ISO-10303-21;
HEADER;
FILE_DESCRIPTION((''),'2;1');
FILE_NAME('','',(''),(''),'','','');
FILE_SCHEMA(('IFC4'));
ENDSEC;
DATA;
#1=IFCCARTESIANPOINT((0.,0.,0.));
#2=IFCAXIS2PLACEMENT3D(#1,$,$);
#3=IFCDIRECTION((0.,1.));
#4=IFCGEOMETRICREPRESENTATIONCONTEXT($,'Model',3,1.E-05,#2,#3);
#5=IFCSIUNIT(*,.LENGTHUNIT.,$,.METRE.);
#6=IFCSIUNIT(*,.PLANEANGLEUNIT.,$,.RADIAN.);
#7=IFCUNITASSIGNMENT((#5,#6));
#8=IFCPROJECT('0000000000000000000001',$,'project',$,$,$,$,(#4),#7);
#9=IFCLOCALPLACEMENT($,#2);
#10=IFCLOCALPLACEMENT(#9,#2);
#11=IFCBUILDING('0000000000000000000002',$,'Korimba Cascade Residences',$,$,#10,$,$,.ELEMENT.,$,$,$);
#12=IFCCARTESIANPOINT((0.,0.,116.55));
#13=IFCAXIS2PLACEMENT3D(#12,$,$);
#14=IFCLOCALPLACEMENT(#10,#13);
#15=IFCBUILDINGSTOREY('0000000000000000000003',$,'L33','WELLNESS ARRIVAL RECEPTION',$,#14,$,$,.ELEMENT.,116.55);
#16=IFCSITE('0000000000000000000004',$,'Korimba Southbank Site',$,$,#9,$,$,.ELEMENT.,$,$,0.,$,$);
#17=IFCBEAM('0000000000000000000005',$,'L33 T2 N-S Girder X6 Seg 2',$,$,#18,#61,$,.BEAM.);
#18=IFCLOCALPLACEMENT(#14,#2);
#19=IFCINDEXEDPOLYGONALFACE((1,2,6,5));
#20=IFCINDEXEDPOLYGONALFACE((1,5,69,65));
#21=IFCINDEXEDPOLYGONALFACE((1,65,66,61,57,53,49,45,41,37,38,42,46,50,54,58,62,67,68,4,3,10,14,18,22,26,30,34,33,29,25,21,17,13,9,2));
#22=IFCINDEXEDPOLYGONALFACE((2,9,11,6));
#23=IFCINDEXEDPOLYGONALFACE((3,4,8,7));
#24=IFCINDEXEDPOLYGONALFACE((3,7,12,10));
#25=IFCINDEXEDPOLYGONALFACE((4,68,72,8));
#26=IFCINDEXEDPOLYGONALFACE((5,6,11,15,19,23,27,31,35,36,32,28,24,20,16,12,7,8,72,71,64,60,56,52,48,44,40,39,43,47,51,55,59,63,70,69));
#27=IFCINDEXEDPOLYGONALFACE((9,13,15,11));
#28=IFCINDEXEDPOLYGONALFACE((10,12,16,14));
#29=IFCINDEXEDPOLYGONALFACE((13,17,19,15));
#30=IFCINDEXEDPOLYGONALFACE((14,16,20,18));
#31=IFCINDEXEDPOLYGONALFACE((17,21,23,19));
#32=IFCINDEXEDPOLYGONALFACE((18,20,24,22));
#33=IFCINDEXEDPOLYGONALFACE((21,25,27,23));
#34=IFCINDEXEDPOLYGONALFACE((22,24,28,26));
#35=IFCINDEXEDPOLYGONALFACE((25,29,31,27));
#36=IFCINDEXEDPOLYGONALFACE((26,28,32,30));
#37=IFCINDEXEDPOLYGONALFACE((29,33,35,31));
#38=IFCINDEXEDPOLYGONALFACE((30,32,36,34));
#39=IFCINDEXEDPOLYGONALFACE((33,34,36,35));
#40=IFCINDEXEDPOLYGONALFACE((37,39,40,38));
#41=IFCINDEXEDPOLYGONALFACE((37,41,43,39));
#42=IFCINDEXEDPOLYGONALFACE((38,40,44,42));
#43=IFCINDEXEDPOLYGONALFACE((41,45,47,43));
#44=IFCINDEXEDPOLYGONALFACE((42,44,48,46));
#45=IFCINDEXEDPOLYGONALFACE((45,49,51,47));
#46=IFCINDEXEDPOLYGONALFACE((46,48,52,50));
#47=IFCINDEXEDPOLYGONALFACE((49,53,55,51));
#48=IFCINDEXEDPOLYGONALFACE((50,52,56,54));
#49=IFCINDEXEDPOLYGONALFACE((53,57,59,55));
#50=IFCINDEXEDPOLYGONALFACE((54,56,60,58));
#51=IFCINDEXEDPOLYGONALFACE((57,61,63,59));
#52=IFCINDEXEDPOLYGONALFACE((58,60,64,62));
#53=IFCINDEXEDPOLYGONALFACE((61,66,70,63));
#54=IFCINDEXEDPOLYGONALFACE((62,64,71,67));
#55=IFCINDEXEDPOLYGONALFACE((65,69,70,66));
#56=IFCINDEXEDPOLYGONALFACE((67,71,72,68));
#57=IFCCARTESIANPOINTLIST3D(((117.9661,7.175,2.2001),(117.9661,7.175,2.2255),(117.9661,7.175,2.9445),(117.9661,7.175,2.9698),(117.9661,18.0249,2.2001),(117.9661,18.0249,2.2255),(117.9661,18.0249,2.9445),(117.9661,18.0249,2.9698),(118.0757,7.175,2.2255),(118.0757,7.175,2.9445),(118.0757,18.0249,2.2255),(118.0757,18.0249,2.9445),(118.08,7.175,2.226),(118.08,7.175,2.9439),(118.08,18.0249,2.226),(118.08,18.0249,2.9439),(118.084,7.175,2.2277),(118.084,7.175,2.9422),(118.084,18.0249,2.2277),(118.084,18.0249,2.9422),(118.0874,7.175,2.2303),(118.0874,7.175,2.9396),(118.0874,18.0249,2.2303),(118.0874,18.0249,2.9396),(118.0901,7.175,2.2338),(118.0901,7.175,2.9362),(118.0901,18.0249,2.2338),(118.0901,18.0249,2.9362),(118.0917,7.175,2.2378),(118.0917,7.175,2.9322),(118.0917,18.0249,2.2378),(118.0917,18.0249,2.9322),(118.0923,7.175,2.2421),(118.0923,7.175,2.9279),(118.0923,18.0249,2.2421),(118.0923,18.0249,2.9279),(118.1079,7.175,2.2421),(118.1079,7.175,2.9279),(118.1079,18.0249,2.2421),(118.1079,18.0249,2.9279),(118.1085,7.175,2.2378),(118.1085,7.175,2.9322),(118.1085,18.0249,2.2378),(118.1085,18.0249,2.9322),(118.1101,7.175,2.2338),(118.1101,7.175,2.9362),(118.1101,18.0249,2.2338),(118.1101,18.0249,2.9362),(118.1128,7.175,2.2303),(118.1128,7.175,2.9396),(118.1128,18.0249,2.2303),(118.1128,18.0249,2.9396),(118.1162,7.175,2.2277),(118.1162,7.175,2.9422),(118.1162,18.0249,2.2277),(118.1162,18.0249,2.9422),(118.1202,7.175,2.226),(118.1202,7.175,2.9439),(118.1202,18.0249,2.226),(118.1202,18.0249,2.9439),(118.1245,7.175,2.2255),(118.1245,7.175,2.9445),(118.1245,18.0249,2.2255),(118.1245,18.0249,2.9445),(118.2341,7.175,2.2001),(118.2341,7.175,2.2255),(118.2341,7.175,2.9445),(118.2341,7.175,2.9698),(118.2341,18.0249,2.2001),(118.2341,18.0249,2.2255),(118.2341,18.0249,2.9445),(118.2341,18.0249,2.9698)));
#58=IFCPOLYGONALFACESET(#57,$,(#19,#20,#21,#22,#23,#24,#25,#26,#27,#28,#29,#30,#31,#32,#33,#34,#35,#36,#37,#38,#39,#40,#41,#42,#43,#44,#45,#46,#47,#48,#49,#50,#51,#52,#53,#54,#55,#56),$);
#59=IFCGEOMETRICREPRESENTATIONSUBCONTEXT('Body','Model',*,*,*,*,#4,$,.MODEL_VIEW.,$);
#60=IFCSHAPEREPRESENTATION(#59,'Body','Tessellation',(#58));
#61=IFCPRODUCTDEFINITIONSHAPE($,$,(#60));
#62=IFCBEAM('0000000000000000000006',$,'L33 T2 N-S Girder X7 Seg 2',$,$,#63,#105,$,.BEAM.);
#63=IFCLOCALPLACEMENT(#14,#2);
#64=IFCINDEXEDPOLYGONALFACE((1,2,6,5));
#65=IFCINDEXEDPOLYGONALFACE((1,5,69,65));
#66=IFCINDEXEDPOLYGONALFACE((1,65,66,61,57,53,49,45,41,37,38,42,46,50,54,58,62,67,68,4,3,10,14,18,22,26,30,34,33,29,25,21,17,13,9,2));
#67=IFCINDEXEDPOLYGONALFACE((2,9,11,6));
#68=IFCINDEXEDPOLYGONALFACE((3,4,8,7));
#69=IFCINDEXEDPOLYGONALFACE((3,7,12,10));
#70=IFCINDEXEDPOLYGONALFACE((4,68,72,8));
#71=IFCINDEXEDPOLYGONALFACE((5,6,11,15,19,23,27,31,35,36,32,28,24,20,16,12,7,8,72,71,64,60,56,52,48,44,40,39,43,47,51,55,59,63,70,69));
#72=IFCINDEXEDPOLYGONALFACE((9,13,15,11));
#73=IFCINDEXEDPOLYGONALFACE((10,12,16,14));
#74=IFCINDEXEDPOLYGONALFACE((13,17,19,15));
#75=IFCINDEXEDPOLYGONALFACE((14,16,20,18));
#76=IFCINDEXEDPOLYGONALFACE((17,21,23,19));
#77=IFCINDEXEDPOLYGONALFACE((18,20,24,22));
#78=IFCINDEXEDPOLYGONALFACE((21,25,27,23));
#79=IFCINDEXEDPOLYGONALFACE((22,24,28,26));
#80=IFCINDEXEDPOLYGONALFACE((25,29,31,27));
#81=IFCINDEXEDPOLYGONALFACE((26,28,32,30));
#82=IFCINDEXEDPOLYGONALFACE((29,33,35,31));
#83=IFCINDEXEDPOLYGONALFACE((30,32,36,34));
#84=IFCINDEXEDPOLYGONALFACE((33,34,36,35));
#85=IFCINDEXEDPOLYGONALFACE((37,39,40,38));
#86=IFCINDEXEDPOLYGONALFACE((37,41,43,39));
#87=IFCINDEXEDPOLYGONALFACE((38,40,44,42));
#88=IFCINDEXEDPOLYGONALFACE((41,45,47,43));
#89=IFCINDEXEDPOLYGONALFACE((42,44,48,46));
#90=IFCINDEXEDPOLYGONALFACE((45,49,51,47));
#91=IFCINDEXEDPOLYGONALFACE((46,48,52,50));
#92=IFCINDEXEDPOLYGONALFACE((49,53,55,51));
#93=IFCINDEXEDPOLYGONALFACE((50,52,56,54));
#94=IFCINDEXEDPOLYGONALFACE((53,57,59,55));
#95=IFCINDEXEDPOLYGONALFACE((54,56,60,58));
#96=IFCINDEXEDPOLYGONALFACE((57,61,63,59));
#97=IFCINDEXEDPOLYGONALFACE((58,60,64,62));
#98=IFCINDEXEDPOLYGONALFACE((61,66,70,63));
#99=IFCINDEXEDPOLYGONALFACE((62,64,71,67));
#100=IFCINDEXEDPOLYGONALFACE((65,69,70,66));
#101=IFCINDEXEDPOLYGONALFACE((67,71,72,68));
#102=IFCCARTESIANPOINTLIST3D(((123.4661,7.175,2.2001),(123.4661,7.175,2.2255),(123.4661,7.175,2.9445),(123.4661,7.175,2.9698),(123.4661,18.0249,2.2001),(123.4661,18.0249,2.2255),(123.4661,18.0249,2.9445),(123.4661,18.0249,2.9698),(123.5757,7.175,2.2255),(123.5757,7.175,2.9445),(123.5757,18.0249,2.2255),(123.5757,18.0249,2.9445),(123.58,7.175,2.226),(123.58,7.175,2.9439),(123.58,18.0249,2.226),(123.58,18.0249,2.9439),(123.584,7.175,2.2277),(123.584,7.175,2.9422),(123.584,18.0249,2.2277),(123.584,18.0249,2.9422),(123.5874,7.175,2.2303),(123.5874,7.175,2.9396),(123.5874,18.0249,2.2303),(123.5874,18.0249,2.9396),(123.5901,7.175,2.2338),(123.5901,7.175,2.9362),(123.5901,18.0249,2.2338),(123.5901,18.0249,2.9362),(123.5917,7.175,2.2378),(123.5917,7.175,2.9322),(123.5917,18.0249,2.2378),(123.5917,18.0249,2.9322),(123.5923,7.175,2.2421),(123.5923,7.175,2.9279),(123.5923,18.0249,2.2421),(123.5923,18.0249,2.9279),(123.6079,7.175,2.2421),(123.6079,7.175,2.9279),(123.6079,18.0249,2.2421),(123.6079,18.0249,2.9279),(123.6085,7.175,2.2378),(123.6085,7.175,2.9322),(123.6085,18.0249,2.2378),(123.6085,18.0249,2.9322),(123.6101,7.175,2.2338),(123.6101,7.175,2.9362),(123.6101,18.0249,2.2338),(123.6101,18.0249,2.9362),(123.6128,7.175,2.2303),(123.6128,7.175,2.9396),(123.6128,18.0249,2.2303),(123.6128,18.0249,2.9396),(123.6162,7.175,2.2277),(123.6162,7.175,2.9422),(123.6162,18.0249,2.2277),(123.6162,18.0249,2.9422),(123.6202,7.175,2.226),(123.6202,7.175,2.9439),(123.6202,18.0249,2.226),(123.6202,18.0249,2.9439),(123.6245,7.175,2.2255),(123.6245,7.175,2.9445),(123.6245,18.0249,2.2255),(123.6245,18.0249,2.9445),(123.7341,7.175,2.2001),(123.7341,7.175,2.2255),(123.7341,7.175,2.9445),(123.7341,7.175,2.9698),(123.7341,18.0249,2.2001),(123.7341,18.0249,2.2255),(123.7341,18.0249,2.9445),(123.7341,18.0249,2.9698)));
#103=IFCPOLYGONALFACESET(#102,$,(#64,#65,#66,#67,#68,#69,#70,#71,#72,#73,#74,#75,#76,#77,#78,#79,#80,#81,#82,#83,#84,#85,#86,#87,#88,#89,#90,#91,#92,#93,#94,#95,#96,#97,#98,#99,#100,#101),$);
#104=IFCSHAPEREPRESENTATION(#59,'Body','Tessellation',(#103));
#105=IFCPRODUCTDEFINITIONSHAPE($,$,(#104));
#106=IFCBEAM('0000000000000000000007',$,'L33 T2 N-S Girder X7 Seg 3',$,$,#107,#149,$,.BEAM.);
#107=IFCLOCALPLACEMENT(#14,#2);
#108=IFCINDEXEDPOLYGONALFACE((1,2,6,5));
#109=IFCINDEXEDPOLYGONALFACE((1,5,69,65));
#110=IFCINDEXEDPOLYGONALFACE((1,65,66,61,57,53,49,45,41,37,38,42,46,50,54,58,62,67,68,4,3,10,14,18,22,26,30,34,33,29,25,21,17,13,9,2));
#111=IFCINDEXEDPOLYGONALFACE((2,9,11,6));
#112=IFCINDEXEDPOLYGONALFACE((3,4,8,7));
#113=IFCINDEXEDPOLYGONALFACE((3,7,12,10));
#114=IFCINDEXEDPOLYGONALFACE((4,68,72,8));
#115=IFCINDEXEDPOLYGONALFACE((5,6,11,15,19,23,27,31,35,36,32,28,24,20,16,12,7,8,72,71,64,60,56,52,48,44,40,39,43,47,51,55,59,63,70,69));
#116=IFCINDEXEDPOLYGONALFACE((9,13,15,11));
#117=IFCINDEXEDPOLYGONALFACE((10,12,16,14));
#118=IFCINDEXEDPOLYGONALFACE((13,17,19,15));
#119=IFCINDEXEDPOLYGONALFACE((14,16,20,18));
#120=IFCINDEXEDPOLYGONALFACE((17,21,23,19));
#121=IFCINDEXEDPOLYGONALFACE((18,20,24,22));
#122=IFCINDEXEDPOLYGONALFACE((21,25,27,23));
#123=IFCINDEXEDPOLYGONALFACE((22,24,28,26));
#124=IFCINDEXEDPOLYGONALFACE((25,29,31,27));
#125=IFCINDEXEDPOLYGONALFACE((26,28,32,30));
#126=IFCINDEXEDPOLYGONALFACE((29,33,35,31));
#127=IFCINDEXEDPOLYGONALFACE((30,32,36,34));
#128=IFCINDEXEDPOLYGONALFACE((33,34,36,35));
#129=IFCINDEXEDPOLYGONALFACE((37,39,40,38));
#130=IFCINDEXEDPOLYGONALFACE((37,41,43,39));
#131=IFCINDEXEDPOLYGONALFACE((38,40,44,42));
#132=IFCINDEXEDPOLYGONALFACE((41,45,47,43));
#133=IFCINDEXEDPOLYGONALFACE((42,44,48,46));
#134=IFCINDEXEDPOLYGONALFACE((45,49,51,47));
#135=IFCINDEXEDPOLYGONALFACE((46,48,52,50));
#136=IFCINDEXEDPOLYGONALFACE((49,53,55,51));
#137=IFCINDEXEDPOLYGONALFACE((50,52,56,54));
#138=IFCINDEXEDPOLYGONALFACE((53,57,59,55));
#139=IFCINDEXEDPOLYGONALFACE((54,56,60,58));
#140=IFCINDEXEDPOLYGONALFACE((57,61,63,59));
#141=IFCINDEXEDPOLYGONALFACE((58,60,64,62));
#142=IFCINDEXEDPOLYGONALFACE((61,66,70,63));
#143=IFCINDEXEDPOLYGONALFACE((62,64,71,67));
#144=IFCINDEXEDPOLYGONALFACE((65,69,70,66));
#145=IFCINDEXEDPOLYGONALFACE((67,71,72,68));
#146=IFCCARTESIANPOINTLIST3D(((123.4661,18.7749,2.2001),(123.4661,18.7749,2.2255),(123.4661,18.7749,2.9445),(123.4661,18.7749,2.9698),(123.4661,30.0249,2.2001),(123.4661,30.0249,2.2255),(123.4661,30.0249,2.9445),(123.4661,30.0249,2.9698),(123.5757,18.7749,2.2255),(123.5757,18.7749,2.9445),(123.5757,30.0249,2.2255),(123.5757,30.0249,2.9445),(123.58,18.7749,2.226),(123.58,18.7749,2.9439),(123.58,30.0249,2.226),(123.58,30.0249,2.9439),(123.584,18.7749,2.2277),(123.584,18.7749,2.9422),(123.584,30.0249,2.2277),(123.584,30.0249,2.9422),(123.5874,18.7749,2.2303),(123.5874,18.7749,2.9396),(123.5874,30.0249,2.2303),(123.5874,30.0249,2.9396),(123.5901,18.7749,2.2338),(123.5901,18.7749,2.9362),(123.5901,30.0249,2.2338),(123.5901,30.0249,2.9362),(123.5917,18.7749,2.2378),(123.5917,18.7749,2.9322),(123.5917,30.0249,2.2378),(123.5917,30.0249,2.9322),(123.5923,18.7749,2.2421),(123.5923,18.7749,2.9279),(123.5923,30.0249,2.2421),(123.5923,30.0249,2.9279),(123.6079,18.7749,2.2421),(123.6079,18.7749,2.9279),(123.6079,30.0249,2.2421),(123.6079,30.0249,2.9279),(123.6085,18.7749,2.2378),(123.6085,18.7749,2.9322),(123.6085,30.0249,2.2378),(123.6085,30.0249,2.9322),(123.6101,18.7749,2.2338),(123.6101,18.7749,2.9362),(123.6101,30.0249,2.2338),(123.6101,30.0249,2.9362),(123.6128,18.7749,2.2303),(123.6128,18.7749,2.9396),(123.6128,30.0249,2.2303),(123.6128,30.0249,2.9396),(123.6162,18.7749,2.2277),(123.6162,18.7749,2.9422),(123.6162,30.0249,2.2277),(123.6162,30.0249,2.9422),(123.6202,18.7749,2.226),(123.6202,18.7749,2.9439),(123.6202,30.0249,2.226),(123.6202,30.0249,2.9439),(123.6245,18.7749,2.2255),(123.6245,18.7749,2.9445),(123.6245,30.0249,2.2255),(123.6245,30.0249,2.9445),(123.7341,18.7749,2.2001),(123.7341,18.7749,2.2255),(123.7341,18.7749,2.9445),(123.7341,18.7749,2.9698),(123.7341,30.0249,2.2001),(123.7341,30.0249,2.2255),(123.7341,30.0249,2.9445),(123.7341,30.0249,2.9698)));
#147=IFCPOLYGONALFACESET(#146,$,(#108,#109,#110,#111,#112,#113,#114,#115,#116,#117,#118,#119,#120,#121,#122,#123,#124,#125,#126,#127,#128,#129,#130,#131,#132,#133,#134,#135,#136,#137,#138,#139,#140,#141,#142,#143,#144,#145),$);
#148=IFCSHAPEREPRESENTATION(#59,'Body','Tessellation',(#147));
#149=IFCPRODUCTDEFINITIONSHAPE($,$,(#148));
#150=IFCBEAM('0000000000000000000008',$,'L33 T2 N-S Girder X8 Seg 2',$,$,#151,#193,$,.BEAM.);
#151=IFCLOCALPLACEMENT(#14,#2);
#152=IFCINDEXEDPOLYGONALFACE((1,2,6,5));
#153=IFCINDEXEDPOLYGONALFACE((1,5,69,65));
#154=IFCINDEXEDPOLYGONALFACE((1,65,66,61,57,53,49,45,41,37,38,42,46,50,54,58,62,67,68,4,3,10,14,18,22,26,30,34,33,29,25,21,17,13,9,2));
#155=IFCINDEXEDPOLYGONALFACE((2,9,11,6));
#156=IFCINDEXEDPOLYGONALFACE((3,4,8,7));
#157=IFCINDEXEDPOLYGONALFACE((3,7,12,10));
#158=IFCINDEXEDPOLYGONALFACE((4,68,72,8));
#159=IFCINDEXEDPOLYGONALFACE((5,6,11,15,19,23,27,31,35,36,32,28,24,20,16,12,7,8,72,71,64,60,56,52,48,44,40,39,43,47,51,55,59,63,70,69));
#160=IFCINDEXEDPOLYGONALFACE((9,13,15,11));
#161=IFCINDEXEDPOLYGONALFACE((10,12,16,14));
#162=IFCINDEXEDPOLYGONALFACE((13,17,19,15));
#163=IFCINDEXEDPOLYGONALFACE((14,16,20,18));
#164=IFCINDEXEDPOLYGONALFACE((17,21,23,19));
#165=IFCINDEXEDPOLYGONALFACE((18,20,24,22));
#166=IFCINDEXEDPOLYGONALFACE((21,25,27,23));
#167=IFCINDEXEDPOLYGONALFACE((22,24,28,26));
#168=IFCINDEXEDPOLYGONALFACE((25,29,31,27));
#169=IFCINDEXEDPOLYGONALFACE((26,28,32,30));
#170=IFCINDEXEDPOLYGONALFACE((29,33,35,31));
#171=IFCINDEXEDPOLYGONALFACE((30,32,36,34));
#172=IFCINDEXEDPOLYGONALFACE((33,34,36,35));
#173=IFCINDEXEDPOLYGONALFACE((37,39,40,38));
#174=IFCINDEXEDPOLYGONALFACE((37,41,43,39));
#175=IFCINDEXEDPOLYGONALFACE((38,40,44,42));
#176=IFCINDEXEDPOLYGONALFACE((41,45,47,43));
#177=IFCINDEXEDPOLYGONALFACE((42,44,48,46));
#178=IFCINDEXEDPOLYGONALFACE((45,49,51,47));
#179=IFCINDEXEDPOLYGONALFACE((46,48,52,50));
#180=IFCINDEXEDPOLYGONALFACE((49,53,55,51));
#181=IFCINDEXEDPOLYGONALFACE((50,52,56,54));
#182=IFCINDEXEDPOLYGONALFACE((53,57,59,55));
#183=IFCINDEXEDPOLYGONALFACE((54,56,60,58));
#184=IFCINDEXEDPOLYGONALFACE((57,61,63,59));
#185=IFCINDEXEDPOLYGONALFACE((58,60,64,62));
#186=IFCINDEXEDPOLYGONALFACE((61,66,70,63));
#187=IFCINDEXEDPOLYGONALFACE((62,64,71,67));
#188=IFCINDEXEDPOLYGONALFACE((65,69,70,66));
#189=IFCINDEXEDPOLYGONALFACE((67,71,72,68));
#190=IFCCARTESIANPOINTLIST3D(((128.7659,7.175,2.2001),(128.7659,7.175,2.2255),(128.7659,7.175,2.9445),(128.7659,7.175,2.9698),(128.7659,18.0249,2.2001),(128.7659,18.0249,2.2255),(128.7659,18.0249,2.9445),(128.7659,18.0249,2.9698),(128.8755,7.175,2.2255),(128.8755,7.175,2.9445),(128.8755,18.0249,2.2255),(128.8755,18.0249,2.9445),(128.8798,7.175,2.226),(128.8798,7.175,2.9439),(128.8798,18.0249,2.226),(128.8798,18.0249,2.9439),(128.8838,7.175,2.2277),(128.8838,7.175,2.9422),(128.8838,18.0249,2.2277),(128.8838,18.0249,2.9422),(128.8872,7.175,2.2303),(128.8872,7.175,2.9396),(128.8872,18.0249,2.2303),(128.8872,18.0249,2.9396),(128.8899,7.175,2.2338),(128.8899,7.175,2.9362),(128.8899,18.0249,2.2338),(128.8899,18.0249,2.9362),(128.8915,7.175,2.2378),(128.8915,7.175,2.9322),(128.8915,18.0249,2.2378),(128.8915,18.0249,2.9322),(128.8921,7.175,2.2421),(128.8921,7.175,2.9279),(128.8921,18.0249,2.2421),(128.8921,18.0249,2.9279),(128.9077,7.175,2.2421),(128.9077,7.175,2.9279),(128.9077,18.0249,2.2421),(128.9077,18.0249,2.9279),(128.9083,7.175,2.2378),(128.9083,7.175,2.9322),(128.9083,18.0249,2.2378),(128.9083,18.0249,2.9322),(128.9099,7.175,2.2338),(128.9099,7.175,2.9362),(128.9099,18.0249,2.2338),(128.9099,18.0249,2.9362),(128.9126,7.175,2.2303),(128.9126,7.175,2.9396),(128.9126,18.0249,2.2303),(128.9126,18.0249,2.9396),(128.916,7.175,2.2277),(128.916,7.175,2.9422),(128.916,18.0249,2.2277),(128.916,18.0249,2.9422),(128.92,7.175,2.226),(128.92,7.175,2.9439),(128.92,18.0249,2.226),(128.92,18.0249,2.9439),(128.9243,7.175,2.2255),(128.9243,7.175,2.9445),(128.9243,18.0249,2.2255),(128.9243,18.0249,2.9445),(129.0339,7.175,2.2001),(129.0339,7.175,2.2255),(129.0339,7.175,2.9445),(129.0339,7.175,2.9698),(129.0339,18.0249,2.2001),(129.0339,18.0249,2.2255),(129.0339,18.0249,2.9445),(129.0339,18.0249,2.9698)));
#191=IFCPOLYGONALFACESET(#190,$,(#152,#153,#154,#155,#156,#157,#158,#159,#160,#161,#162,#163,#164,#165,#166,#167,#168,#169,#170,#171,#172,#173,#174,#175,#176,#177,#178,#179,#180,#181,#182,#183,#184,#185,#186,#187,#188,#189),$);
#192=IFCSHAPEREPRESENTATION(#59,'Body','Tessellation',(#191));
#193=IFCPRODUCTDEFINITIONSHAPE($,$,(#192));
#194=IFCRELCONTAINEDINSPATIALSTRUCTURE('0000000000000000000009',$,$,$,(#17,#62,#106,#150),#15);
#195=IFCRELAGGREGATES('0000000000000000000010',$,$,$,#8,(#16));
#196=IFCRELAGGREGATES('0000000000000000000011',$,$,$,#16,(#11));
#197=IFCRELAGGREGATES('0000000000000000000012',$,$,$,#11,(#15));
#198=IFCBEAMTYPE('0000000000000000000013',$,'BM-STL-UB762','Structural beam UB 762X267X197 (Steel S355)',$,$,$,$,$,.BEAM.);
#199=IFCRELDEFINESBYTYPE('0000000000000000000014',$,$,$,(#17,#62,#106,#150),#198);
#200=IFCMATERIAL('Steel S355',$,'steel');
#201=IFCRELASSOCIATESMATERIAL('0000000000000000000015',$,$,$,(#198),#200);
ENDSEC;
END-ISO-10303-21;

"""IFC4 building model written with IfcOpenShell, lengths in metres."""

from ifc_helpers import new_model, si_unit, direction, frame, origin, origin_2d, place, context, subcontext, project, spatial, i_section, extrude, material, material_profile, profile_set, type_object, element, save


model = new_model("IFC4")

# Units and contexts
model_context = context("Model", 3, precision=1e-05, world=origin(), true_north=direction((0.0, 1.0)))
body_context = subcontext(model_context, "Body", "Model", "MODEL_VIEW")
ifc_project = project(units=[si_unit("LENGTHUNIT", "METRE"), si_unit("PLANEANGLEUNIT", "RADIAN")], contexts=[model_context])

# Site, building, storey
site_placement = place(None, origin())
site = spatial("IfcSite", under=ifc_project, at=site_placement, Name="Korimba Southbank Site", CompositionType="ELEMENT", RefElevation=0.0)
building_placement = place(site_placement, origin())
building = spatial("IfcBuilding", under=site, at=building_placement, Name="Korimba Cascade Residences", CompositionType="ELEMENT")
storey_placement = place(building_placement, frame((0.0, 0.0, 116.55)))
storey = spatial("IfcBuildingStorey", under=building, at=storey_placement, Name="L33", Description="WELLNESS ARRIVAL RECEPTION", CompositionType="ELEMENT", Elevation=116.55)

# Beams
ifc_material_1 = material(Name="Steel S355", Category="steel")
ifc_material_profile_1 = material_profile(ifc_material_1, i_section(OverallWidth=0.2681, OverallDepth=0.7698, WebThickness=0.0156, FlangeThickness=0.0254, FilletRadius=0.0166, at=origin_2d()), Name="Steel S355")
ifc_profile_set_1 = profile_set([ifc_material_profile_1], Name="Steel S355")
beam_type_1 = type_object("IfcBeamType", Name="BM-STL-UB762", Description="Structural beam UB 762X267X197 (Steel S355)", PredefinedType="BEAM", material=ifc_profile_set_1)
for number, where, z_axis, x_axis, name in (
    (1, (118.1001, 7.175, 2.585), (0.0, 1.0, 0.0), (-1.0, 0.0, 0.0), "L33 T2 N-S Girder X6 Seg 2"),
    (2, (123.6001, 7.175, 2.585), (0.0, 1.0, 0.0), (-1.0, 0.0, 0.0), "L33 T2 N-S Girder X7 Seg 2"),
):
    element("IfcBeam", number, at=place(storey_placement, frame(where, z_axis=z_axis, x_axis=x_axis)), inside=storey, type_object=beam_type_1, Name=name, PredefinedType="BEAM", context=body_context, shape_type="SweptSolid", body=[
        extrude(i_section(OverallWidth=0.2681, OverallDepth=0.7698, WebThickness=0.0156, FlangeThickness=0.0254, FilletRadius=0.0166, at=origin_2d()), origin(), (0.0, 0.0, 1.0), 10.8499),
    ])
beam_1_placement = place(storey_placement, frame((123.6001, 18.7749, 2.585), z_axis=(0.0, 1.0, 0.0), x_axis=(-1.0, 0.0, 0.0)))
element("IfcBeam", 3, at=beam_1_placement, inside=storey, type_object=beam_type_1, Name="L33 T2 N-S Girder X7 Seg 3", PredefinedType="BEAM", context=body_context, shape_type="SweptSolid", body=[
    extrude(i_section(OverallWidth=0.2681, OverallDepth=0.7698, WebThickness=0.0156, FlangeThickness=0.0254, FilletRadius=0.0166, at=origin_2d()), origin(), (0.0, 0.0, 1.0), 11.25),
])
beam_2_placement = place(storey_placement, frame((128.8999, 7.175, 2.585), z_axis=(0.0, 1.0, 0.0), x_axis=(-1.0, 0.0, 0.0)))
element("IfcBeam", 4, at=beam_2_placement, inside=storey, type_object=beam_type_1, Name="L33 T2 N-S Girder X8 Seg 2", PredefinedType="BEAM", context=body_context, shape_type="SweptSolid", body=[
    extrude(i_section(OverallWidth=0.2681, OverallDepth=0.7698, WebThickness=0.0156, FlangeThickness=0.0254, FilletRadius=0.0166, at=origin_2d()), origin(), (0.0, 0.0, 1.0), 10.8499),
])

save(model, "model.ifc")
